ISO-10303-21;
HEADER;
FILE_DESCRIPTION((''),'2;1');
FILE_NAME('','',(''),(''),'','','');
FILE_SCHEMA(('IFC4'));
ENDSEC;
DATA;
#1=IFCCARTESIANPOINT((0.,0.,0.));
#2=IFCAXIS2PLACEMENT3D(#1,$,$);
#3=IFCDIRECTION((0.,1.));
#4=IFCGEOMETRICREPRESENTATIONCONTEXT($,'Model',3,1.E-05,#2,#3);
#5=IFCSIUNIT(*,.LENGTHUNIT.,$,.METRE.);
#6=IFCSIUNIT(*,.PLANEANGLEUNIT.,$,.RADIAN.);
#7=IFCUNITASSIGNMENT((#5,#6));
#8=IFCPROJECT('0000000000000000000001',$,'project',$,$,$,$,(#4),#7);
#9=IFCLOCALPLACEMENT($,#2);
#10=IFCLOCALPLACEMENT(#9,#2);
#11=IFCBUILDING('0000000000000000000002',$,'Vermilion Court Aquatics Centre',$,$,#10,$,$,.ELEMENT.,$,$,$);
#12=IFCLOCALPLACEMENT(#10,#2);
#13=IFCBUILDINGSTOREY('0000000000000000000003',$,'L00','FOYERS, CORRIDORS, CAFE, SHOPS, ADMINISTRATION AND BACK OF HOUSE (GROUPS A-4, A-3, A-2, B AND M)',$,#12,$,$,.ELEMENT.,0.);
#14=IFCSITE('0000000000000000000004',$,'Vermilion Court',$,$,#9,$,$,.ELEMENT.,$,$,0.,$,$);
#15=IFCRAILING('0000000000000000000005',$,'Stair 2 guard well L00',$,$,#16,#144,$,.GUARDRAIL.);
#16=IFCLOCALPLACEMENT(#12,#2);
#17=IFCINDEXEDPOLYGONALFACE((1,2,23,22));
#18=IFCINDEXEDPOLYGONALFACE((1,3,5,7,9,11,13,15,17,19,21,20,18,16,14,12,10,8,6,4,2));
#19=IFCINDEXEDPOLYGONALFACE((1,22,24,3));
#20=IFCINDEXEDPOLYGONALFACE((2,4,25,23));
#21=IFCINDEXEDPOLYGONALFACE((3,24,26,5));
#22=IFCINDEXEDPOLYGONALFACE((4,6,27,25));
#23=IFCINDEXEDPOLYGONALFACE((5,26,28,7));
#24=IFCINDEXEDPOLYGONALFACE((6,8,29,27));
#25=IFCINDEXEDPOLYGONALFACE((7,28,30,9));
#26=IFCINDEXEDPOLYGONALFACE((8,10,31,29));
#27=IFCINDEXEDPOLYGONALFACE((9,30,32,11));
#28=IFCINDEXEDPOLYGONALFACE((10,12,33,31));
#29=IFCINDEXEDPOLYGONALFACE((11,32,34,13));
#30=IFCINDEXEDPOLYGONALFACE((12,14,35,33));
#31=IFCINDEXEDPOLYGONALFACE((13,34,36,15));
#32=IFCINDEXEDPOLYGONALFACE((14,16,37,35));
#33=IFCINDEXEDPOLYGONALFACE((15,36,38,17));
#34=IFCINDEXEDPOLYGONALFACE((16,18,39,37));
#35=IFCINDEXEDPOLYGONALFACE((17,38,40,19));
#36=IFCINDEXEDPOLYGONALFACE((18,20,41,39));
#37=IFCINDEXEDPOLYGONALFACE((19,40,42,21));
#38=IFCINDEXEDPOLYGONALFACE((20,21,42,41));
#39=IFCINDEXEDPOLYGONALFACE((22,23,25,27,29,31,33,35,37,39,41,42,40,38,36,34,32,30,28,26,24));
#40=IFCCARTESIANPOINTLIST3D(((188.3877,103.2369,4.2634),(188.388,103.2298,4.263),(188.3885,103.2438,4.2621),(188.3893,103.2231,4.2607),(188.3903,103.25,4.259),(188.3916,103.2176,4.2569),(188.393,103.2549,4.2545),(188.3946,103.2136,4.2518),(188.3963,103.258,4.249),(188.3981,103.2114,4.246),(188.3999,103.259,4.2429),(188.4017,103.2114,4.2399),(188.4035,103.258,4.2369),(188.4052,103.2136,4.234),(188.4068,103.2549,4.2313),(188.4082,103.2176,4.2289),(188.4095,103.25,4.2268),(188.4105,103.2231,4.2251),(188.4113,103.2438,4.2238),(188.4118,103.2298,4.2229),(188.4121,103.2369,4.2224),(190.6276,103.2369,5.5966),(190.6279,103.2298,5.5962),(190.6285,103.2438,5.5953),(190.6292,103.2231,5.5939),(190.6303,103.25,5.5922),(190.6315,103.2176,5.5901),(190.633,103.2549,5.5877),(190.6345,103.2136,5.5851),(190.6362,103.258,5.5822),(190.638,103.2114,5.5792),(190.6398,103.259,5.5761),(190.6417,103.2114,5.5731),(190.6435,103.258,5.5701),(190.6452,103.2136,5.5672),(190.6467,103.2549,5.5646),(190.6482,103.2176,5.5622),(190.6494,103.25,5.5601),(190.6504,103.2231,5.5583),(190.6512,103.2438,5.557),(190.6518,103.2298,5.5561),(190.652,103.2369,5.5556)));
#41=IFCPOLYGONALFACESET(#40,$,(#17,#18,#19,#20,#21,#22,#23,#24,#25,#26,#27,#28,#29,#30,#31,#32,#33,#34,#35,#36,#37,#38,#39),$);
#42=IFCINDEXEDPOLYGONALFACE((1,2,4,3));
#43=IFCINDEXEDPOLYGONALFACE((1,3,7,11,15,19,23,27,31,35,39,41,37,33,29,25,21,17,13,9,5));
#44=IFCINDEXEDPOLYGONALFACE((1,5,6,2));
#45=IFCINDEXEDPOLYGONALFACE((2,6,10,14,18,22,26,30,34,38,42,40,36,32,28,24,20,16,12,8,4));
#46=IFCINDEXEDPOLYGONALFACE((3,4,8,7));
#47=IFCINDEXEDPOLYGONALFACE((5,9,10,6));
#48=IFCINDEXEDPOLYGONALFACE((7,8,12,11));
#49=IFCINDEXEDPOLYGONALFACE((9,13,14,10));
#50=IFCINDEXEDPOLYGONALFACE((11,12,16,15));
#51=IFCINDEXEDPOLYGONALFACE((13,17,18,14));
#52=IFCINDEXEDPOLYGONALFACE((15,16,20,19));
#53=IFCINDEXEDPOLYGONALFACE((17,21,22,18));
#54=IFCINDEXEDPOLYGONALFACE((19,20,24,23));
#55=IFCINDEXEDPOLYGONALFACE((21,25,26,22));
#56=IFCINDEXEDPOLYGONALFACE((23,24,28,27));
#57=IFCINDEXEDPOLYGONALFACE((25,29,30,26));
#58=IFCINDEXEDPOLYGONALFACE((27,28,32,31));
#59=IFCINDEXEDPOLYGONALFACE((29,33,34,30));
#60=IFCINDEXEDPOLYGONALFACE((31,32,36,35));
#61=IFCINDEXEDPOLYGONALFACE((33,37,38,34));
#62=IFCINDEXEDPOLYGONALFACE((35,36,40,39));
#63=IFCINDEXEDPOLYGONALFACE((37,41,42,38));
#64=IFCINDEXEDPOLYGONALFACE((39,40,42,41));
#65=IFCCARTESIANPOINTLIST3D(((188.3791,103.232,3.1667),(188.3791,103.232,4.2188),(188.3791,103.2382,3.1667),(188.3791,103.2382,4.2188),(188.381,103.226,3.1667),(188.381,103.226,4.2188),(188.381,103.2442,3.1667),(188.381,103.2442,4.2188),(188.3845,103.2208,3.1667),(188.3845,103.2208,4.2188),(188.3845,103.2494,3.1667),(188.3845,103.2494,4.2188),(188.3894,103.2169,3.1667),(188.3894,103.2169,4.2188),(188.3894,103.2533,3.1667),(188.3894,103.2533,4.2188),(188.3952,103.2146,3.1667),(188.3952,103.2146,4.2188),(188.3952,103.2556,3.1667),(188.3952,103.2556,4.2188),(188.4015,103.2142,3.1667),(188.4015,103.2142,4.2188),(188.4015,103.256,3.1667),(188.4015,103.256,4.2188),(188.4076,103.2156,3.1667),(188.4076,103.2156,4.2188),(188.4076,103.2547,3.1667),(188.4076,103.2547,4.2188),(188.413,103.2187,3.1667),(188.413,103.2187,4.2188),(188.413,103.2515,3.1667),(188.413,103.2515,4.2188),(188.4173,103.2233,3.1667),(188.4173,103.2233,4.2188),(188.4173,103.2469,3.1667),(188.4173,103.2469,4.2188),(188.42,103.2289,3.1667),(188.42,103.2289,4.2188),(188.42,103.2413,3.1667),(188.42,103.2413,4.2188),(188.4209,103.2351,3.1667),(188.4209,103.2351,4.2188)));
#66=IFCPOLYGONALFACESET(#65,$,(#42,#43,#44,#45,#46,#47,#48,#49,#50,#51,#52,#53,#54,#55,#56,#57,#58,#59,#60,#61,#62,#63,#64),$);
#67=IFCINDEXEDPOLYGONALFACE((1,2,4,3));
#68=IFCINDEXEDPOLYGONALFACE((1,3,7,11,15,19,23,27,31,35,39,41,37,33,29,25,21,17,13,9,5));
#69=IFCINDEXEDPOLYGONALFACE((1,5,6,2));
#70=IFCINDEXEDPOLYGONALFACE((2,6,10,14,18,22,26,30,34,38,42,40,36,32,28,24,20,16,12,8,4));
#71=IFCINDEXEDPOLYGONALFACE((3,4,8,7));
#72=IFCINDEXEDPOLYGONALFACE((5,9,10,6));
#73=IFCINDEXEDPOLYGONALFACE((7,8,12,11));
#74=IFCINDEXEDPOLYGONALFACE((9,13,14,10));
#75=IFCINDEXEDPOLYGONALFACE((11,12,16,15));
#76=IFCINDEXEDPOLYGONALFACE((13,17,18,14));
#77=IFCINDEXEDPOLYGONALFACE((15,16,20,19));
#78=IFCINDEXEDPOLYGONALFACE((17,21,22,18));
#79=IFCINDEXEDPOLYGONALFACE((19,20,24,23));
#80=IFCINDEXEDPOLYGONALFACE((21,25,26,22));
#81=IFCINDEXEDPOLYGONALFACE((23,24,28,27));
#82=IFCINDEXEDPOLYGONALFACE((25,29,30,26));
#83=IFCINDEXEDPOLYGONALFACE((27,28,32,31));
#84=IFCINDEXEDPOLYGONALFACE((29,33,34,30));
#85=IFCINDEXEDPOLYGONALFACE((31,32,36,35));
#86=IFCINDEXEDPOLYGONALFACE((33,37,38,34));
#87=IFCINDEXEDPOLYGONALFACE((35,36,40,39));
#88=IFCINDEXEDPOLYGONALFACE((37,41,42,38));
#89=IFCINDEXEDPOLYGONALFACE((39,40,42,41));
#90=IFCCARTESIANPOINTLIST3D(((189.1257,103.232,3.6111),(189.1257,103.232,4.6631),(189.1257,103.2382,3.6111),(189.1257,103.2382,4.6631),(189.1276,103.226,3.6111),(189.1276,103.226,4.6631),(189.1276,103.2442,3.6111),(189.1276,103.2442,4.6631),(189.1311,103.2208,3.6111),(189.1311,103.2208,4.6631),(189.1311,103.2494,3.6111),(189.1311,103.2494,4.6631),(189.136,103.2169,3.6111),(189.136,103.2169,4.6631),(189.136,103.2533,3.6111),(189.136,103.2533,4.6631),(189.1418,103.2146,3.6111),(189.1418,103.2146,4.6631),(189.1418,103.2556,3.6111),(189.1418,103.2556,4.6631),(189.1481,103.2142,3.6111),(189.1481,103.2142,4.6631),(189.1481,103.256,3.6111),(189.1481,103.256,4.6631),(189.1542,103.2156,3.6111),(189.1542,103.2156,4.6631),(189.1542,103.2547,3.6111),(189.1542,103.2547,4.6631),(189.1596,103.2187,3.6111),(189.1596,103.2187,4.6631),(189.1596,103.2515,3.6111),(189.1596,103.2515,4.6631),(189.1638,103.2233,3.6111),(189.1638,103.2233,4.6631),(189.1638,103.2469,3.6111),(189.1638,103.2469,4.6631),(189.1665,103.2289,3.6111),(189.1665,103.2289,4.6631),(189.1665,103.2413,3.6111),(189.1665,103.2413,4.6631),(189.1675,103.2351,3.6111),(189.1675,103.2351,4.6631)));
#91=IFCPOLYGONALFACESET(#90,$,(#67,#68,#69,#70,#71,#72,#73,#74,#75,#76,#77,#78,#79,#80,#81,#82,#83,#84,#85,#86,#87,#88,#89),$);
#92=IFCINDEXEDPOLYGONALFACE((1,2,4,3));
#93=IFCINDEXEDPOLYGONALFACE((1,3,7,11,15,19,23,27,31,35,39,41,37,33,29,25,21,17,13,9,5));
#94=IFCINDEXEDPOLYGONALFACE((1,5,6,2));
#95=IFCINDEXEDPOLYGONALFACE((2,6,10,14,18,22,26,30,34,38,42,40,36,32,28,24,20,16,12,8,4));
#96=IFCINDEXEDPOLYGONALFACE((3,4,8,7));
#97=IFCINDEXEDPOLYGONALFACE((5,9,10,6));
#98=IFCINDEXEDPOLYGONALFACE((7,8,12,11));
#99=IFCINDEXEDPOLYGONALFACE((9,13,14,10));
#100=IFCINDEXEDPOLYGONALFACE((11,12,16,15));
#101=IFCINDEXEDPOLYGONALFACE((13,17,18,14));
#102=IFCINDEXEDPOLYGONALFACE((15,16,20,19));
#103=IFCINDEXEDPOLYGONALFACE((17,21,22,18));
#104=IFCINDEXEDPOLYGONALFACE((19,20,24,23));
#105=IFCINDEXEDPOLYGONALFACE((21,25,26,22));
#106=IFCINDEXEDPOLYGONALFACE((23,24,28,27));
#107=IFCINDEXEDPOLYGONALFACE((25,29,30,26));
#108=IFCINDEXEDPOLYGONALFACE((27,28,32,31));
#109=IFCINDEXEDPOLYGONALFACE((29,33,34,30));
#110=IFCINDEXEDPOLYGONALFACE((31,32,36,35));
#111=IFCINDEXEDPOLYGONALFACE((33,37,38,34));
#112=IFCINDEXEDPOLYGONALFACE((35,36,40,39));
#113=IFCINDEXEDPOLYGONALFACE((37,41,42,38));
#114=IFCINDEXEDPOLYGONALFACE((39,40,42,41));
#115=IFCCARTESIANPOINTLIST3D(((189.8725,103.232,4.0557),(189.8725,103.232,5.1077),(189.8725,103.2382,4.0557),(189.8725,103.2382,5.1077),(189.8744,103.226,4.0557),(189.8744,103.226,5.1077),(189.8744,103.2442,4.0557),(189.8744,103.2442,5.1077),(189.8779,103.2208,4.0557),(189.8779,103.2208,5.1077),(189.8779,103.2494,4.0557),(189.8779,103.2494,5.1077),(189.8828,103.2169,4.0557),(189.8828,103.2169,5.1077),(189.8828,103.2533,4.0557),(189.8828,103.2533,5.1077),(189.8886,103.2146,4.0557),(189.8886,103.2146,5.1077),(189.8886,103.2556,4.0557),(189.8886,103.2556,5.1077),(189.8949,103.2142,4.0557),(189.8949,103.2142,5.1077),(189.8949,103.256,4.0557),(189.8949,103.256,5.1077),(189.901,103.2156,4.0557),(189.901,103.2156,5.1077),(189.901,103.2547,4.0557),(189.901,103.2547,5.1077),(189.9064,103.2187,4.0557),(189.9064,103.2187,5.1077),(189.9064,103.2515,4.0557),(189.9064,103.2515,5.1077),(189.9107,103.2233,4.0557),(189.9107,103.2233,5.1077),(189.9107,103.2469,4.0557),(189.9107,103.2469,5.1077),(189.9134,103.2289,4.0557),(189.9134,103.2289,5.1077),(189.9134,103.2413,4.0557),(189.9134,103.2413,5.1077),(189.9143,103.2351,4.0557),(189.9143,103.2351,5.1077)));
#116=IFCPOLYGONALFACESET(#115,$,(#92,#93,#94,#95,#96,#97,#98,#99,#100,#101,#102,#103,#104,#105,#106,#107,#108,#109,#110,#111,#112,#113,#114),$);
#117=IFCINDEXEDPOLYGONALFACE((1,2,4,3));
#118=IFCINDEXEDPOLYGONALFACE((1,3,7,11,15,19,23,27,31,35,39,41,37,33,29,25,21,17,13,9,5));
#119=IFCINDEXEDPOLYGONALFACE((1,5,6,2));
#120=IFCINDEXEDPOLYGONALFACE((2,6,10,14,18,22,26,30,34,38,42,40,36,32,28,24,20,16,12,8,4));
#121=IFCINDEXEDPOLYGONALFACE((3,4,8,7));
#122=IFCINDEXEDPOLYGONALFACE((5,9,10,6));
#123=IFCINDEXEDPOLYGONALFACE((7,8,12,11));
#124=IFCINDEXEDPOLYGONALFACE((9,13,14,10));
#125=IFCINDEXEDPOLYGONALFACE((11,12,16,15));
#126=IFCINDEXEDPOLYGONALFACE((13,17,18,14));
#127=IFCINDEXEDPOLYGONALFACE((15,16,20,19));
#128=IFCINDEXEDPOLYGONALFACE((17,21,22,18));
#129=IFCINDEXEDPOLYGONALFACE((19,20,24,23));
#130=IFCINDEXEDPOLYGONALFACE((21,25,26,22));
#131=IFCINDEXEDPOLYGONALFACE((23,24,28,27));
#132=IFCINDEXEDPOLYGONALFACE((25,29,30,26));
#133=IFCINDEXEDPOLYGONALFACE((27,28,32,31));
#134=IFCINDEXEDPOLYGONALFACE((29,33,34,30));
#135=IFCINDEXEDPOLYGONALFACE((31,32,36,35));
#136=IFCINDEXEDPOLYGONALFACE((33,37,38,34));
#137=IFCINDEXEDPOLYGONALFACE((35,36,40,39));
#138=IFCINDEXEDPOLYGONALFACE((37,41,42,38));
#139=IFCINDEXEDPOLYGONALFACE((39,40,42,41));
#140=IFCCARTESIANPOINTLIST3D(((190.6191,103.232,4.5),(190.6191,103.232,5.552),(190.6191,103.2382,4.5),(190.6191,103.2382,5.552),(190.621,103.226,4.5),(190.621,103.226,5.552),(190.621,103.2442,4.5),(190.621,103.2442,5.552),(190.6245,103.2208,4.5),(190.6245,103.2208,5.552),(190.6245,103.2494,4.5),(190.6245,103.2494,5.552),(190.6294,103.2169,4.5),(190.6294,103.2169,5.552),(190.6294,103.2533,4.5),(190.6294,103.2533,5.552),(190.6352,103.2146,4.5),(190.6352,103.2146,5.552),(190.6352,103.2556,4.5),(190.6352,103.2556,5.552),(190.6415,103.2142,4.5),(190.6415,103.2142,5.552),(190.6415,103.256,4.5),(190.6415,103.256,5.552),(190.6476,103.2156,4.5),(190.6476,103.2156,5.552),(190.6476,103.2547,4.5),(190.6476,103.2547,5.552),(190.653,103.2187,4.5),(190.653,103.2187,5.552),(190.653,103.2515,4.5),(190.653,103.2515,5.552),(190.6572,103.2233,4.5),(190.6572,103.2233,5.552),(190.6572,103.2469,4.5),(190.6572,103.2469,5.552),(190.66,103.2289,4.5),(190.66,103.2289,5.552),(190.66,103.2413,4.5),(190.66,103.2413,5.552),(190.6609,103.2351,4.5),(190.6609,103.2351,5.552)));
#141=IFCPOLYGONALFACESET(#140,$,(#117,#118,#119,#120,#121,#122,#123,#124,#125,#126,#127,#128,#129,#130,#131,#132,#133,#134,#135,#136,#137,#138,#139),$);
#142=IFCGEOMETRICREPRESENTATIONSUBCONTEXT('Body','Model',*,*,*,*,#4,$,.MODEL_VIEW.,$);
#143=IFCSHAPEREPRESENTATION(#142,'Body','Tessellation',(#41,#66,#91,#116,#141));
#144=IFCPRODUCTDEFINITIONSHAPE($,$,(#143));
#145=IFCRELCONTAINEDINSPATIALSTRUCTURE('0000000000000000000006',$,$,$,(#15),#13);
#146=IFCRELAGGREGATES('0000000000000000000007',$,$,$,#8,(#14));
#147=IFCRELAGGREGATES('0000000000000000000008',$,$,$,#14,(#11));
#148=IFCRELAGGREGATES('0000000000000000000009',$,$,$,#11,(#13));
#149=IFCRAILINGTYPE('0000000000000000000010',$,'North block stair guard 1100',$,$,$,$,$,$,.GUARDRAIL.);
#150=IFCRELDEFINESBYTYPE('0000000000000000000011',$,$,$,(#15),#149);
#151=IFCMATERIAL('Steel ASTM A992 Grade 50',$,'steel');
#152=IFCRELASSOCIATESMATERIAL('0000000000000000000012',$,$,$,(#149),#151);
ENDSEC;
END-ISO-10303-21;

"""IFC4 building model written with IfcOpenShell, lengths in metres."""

from ifc_helpers import new_model, si_unit, direction, frame, origin, origin_2d, place, context, subcontext, project, spatial, circle, extrude, material, type_object, element, save


model = new_model("IFC4")

# Units and contexts
model_context = context("Model", 3, precision=1e-05, world=origin(), true_north=direction((0.0, 1.0)))
body_context = subcontext(model_context, "Body", "Model", "MODEL_VIEW")
ifc_project = project(units=[si_unit("LENGTHUNIT", "METRE"), si_unit("PLANEANGLEUNIT", "RADIAN")], contexts=[model_context])

# Site, building, storey
site_placement = place(None, origin())
site = spatial("IfcSite", under=ifc_project, at=site_placement, Name="Vermilion Court", CompositionType="ELEMENT", RefElevation=0.0)
building_placement = place(site_placement, origin())
building = spatial("IfcBuilding", under=site, at=building_placement, Name="Vermilion Court Aquatics Centre", CompositionType="ELEMENT")
storey_placement = place(building_placement, origin())
storey = spatial("IfcBuildingStorey", under=building, at=storey_placement, Name="L00", Description="FOYERS, CORRIDORS, CAFE, SHOPS, ADMINISTRATION AND BACK OF HOUSE (GROUPS A-4, A-3, A-2, B AND M)", CompositionType="ELEMENT", Elevation=0.0)

# Railing
ifc_material_1 = material(Name="Steel ASTM A992 Grade 50", Category="steel")
railing_type_1 = type_object("IfcRailingType", Name="North block stair guard 1100", PredefinedType="GUARDRAIL", material=ifc_material_1)
railing_1_placement = place(storey_placement, frame((188.3999, 103.2351, 3.1667)))
element("IfcRailing", 1, at=railing_1_placement, inside=storey, type_object=railing_type_1, Name="Stair 2 guard well L00", PredefinedType="GUARDRAIL", context=body_context, shape_type="SweptSolid", body=[
    extrude(circle(Radius=0.0239, at=origin_2d()), frame((0.0, 0.0, 1.0762), z_axis=(0.859306, 0.0, 0.511462), x_axis=(0.0, 1.0, 0.0)), (0.0, 0.0, 1.0), 2.6067),
    extrude(circle(Radius=0.021, at=origin_2d()), origin(), (0.0, 0.0, 1.0), 1.052),
    extrude(circle(Radius=0.021, at=origin_2d()), frame((0.7466, 0.0, 0.4443)), (0.0, 0.0, 1.0), 1.052),
    extrude(circle(Radius=0.021, at=origin_2d()), frame((1.4934, 0.0, 0.8889)), (0.0, 0.0, 1.0), 1.052),
    extrude(circle(Radius=0.021, at=origin_2d()), frame((2.24, 0.0, 1.3333)), (0.0, 0.0, 1.0), 1.052),
])

save(model, "model.ifc")
